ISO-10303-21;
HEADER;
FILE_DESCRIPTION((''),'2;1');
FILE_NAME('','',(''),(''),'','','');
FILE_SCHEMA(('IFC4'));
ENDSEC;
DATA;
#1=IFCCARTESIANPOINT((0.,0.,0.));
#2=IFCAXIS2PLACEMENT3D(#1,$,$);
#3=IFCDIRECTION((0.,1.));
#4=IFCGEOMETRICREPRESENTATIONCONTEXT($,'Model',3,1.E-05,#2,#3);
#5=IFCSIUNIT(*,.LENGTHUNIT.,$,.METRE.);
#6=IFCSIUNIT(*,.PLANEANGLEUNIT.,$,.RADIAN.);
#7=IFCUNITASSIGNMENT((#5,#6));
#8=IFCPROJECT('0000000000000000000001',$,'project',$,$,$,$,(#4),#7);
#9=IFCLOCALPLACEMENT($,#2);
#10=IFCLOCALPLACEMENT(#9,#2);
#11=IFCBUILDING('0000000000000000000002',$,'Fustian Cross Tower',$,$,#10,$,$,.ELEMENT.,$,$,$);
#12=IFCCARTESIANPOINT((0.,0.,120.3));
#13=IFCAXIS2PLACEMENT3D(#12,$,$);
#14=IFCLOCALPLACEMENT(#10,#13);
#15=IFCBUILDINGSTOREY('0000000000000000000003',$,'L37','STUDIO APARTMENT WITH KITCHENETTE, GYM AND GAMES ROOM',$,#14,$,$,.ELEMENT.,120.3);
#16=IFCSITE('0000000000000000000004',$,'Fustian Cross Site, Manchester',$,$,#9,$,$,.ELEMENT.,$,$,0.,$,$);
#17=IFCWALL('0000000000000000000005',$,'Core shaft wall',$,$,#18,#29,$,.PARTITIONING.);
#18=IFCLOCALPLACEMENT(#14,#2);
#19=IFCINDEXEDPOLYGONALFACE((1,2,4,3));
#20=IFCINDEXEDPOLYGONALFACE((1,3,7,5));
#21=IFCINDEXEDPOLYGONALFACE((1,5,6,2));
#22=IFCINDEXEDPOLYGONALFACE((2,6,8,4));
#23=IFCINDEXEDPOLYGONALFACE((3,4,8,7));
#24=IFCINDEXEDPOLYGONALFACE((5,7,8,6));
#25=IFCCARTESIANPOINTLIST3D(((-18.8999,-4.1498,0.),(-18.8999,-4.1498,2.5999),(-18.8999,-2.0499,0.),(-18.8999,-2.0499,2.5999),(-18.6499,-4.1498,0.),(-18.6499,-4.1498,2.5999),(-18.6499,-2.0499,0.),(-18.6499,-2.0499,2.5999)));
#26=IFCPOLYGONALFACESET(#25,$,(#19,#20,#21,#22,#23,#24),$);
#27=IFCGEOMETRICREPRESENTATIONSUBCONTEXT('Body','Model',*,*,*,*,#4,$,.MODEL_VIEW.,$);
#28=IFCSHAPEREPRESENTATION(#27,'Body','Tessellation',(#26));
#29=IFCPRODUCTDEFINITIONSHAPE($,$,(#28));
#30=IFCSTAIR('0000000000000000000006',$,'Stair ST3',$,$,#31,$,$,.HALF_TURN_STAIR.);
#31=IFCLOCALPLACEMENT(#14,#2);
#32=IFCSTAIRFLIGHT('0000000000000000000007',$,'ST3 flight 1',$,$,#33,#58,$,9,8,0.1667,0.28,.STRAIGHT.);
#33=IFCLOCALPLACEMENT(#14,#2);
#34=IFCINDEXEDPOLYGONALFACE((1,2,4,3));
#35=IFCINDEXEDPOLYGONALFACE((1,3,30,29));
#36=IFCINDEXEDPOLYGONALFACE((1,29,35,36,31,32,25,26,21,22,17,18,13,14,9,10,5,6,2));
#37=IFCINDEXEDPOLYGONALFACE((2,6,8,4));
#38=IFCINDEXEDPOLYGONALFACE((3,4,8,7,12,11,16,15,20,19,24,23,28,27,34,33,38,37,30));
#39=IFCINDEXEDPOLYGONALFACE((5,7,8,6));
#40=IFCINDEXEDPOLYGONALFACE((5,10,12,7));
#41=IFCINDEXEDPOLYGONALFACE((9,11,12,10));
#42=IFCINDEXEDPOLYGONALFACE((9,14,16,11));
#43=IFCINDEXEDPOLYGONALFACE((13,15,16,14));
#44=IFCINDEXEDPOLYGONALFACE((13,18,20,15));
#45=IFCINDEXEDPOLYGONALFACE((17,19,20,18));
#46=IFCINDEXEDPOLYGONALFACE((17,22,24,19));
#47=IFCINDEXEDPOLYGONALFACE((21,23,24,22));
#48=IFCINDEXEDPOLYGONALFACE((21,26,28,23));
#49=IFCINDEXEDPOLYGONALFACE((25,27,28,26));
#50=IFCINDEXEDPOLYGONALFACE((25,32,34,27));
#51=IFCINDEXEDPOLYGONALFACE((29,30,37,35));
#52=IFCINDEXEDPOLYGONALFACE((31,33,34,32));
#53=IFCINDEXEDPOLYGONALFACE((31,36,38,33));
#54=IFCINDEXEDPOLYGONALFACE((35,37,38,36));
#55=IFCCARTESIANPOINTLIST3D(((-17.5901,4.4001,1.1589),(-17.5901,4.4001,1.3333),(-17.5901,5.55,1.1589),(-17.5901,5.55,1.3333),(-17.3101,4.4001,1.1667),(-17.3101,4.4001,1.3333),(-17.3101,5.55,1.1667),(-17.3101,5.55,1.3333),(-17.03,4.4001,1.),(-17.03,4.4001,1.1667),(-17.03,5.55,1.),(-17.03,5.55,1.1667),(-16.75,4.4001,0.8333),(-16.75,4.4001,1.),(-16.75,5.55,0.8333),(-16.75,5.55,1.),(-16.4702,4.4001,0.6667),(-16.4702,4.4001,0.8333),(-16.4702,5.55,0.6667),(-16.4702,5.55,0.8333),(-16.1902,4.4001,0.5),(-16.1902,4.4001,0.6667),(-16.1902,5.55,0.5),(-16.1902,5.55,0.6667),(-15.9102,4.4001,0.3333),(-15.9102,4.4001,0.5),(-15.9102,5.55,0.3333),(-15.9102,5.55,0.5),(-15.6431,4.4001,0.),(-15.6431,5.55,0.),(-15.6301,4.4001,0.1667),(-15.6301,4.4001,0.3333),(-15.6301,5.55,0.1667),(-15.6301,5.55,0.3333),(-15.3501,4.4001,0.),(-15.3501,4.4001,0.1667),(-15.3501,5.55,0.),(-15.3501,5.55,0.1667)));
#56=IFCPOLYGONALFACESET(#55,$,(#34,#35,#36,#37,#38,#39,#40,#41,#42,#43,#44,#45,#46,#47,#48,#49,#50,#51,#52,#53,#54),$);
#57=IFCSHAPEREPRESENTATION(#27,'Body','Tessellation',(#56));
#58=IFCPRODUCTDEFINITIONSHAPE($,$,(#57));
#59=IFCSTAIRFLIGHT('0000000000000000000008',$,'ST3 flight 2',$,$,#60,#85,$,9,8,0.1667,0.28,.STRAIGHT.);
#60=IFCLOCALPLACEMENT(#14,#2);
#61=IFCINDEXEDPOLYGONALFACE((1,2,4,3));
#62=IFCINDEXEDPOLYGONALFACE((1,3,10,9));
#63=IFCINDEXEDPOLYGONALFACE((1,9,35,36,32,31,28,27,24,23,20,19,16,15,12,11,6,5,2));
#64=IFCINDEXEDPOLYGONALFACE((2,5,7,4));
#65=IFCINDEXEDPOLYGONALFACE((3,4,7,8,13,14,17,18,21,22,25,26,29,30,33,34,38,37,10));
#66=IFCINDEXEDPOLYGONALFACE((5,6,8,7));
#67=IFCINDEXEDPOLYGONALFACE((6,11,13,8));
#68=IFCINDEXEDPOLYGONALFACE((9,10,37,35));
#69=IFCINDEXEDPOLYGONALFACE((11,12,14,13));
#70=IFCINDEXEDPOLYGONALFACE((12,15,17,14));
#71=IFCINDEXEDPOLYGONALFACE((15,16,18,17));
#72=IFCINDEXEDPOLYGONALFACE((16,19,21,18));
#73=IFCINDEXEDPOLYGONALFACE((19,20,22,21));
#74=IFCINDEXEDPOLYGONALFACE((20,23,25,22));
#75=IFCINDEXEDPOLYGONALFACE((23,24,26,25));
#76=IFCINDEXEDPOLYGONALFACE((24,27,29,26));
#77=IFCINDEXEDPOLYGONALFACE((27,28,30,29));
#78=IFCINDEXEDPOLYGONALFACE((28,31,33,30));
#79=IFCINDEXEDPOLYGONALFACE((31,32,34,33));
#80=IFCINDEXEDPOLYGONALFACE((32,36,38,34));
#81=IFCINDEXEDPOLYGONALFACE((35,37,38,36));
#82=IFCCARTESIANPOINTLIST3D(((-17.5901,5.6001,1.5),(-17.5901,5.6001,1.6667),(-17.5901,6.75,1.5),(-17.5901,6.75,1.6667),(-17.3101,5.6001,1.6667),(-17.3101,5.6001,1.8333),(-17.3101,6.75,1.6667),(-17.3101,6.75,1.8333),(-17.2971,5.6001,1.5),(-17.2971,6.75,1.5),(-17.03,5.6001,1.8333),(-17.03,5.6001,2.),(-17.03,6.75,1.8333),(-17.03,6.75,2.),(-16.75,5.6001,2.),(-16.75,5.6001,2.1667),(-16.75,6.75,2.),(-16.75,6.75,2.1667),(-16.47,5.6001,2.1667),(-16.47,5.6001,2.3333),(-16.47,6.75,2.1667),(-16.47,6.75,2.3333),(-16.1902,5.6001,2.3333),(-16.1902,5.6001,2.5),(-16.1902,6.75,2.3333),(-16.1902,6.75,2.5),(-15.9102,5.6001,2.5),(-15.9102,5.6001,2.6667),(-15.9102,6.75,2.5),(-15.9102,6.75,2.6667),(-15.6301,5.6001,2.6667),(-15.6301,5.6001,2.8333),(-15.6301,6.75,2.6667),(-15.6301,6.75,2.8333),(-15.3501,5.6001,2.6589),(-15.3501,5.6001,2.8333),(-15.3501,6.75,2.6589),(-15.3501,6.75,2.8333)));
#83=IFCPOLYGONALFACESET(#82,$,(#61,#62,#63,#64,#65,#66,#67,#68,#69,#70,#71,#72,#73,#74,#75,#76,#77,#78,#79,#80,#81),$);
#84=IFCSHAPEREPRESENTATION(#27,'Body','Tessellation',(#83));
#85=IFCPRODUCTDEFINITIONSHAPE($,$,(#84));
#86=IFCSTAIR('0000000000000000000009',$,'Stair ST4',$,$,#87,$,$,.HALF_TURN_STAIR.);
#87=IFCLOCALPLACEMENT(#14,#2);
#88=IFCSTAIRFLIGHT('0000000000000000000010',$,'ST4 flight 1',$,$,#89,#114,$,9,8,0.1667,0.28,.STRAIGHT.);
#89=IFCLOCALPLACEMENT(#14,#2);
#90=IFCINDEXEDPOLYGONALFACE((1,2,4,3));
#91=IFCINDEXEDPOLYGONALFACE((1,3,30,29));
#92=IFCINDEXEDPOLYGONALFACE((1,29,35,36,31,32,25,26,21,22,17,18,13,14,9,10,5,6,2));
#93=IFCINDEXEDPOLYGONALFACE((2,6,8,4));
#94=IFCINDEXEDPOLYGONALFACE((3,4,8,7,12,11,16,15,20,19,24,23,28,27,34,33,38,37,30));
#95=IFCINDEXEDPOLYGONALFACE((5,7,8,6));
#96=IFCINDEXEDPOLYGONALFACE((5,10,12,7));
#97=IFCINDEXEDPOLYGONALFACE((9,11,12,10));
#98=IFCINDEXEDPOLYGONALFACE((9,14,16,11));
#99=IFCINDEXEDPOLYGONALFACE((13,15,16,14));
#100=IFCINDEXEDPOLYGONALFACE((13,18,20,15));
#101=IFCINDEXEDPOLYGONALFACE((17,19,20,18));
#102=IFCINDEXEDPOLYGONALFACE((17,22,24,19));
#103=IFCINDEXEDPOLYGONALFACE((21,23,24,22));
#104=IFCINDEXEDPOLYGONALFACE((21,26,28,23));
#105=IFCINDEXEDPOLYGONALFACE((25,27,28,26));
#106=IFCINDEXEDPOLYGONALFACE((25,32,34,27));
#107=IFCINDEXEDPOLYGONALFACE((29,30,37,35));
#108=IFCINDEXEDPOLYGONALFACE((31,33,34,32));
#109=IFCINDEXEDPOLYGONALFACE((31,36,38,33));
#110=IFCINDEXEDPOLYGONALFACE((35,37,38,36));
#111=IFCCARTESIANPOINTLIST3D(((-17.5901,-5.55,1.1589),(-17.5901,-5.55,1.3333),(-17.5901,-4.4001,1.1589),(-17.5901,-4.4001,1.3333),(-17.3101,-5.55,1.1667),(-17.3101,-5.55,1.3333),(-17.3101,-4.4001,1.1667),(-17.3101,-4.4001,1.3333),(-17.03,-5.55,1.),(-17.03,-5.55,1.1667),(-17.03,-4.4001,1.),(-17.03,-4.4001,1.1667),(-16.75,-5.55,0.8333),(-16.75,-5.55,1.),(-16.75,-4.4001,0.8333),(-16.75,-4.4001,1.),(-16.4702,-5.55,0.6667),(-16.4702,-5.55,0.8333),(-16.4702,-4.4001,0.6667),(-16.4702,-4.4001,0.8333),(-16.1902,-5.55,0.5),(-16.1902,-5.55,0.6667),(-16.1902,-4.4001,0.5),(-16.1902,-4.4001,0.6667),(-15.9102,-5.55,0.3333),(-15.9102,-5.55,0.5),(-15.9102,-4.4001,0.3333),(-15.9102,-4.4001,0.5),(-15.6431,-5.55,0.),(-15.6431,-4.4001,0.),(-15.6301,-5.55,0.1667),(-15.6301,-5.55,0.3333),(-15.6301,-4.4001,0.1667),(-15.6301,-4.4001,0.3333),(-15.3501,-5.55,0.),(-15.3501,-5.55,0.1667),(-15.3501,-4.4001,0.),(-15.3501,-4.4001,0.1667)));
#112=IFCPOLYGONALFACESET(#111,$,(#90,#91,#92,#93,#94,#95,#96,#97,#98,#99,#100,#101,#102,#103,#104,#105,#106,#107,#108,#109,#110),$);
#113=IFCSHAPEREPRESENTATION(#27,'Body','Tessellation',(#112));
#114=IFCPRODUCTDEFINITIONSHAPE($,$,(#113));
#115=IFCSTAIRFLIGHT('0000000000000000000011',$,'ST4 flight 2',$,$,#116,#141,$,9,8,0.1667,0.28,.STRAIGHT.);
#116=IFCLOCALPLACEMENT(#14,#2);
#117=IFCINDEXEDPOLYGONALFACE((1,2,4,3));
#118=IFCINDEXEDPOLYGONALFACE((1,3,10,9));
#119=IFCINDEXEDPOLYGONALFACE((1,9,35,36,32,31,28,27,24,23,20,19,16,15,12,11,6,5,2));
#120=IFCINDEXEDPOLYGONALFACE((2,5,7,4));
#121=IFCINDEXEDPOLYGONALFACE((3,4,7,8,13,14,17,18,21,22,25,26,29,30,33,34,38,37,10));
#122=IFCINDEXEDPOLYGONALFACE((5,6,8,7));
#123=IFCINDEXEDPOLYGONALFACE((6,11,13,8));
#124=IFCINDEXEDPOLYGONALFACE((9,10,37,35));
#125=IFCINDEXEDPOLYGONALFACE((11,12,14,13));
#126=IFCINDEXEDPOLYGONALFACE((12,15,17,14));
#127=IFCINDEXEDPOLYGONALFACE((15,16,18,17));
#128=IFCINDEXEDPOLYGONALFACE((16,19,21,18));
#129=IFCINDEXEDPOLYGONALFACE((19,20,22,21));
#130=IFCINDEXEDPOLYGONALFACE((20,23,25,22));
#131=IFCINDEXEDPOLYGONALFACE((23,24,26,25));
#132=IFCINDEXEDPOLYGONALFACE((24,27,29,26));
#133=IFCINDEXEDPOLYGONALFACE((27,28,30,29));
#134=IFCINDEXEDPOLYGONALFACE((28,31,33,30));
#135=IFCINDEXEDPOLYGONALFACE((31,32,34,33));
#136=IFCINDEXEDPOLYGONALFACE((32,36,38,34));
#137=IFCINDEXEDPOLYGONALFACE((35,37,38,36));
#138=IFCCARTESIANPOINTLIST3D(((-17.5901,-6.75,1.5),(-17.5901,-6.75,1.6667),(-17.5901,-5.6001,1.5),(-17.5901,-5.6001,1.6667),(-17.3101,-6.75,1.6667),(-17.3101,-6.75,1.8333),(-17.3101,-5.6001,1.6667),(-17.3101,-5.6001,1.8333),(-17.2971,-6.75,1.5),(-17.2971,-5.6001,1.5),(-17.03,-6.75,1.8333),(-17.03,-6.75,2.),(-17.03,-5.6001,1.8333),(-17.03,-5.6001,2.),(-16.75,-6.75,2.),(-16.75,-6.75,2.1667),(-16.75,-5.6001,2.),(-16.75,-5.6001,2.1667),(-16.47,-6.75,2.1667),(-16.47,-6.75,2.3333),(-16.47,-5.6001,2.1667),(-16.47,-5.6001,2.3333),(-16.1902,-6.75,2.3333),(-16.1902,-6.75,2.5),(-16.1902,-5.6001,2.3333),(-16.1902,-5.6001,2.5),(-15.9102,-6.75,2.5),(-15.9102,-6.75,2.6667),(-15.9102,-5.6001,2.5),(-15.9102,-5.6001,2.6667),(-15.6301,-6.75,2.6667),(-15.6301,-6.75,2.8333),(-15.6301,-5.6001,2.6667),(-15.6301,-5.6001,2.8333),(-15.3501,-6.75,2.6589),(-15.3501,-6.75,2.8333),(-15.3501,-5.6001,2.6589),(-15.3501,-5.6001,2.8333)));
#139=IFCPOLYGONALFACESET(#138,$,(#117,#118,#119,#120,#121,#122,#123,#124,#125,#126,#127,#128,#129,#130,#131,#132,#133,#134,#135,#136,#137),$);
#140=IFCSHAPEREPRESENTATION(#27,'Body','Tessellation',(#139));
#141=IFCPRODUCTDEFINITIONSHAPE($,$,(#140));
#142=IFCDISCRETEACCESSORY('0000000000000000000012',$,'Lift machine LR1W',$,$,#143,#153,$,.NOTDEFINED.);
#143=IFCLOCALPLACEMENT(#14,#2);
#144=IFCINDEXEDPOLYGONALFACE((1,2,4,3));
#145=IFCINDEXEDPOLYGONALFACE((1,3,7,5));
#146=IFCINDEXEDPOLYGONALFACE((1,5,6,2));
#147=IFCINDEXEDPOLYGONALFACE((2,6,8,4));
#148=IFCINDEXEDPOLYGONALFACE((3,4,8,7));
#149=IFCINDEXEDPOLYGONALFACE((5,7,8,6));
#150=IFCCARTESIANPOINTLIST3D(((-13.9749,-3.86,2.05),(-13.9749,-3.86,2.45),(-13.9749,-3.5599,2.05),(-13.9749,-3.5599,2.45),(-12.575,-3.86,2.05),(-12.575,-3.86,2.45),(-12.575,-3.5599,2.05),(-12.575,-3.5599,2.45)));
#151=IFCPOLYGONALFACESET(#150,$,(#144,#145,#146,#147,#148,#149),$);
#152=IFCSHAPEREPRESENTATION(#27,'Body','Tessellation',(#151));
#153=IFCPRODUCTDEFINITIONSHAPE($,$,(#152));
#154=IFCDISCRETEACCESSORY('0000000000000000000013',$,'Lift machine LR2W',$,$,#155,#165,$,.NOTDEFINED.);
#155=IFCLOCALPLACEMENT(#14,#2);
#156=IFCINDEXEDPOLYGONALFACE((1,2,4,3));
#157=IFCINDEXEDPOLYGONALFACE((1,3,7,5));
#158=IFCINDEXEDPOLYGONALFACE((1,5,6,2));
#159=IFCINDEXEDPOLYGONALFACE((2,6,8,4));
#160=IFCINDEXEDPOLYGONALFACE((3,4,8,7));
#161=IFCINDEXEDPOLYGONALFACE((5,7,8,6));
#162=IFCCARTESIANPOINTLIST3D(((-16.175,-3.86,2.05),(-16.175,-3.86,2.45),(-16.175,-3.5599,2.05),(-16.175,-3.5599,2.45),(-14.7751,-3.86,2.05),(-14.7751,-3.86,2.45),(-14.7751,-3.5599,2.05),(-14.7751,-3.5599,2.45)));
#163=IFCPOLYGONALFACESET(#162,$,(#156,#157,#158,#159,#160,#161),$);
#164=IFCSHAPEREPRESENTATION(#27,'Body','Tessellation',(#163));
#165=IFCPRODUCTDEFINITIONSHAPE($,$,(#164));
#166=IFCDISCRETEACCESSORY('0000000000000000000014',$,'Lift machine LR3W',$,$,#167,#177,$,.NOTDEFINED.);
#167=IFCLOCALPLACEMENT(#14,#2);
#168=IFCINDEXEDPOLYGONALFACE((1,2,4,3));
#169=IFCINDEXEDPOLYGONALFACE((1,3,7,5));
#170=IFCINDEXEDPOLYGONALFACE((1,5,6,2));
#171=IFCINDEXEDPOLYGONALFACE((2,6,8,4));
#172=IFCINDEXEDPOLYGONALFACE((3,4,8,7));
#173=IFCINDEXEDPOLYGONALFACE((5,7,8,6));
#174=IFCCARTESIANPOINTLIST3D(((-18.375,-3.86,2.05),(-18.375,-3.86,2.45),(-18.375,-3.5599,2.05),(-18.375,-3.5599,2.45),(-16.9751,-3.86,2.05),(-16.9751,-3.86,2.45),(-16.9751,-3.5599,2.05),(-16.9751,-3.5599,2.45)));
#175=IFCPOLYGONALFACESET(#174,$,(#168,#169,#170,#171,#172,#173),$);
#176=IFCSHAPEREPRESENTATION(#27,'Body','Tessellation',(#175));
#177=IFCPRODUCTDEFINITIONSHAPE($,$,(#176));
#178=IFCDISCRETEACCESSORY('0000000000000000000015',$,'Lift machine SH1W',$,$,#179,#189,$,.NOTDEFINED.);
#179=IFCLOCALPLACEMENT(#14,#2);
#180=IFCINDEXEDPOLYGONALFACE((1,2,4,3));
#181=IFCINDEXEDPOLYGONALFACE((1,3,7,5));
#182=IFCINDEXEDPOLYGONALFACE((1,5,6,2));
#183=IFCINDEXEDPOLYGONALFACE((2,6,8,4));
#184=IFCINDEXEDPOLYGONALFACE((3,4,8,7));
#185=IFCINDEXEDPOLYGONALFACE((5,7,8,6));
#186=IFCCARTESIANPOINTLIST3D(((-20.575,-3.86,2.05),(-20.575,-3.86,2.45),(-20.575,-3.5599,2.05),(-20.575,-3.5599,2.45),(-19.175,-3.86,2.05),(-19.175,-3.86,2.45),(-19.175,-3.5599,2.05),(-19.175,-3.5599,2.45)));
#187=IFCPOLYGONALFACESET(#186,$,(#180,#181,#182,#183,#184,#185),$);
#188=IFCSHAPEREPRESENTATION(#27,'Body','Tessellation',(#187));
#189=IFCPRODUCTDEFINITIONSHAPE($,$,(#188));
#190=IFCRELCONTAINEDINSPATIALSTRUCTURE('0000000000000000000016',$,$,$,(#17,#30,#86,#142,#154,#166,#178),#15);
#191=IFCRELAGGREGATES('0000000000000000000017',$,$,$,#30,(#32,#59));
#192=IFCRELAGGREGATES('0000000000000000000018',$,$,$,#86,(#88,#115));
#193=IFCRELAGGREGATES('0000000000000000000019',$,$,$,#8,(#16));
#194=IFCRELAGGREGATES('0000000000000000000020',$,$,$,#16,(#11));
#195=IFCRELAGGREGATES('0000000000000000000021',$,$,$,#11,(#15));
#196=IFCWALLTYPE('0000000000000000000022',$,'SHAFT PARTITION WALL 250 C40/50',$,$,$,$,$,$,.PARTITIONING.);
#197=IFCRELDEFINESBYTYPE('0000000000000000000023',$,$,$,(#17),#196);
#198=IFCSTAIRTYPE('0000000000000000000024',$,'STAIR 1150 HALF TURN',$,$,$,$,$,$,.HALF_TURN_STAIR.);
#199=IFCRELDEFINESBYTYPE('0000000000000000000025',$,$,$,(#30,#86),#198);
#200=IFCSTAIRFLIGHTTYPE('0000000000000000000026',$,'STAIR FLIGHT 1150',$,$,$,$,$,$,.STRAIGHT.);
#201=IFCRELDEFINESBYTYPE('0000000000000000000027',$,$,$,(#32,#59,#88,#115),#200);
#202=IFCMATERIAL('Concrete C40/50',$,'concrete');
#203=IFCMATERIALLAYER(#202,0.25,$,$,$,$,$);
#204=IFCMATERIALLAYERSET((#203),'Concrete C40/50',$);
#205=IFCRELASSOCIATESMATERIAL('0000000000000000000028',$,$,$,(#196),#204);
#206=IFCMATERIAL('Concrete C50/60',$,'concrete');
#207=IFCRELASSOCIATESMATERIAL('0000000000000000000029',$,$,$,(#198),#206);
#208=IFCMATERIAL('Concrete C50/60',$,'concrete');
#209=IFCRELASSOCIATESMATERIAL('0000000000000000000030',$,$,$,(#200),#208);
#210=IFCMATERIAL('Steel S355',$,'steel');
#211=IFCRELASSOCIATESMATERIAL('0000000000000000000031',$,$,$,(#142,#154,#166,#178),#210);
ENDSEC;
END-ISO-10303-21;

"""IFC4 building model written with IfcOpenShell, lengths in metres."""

from ifc_helpers import new_model, si_unit, direction, frame, frame_2d, origin, origin_2d, place, context, subcontext, project, spatial, polyline, rectangle, outline, extrude, material, layer, layer_set, type_object, element, aggregate, save


model = new_model("IFC4")

# Units and contexts
model_context = context("Model", 3, precision=1e-05, world=origin(), true_north=direction((0.0, 1.0)))
body_context = subcontext(model_context, "Body", "Model", "MODEL_VIEW")
ifc_project = project(units=[si_unit("LENGTHUNIT", "METRE"), si_unit("PLANEANGLEUNIT", "RADIAN")], contexts=[model_context])

# Site, building, storey
site_placement = place(None, origin())
site = spatial("IfcSite", under=ifc_project, at=site_placement, Name="Fustian Cross Site, Manchester", CompositionType="ELEMENT", RefElevation=0.0)
building_placement = place(site_placement, origin())
building = spatial("IfcBuilding", under=site, at=building_placement, Name="Fustian Cross Tower", CompositionType="ELEMENT")
storey_placement = place(building_placement, frame((0.0, 0.0, 120.3)))
storey = spatial("IfcBuildingStorey", under=building, at=storey_placement, Name="L37", Description="STUDIO APARTMENT WITH KITCHENETTE, GYM AND GAMES ROOM", CompositionType="ELEMENT", Elevation=120.3)

# Wall
ifc_material_1 = material(Name="Concrete C40/50", Category="concrete")
ifc_layer_1 = layer(ifc_material_1, 0.25)
ifc_layer_set_1 = layer_set([ifc_layer_1], Name="Concrete C40/50")
wall_type_1 = type_object("IfcWallType", Name="SHAFT PARTITION WALL 250 C40/50", PredefinedType="PARTITIONING", material=ifc_layer_set_1)
for number, where, z_axis, x_axis, name in (
    (1, (-18.7749, -2.05, 0.0), (0.0, 0.0, 1.0), (0.0, -1.0, 0.0), "Core shaft wall"),
):
    element("IfcWall", number, at=place(storey_placement, frame(where, z_axis=z_axis, x_axis=x_axis)), inside=storey, type_object=wall_type_1, Name=name, PredefinedType="PARTITIONING", context=body_context, shape_type="SweptSolid", body=[
        extrude(rectangle(XDim=2.0999, YDim=0.25, at=frame_2d((1.0498, 0.0))), origin(), (0.0, 0.0, 1.0), 2.5999),
    ])

# Stairs, stair flights
ifc_material_2 = material(Name="Concrete C50/60", Category="concrete")
stair_type = type_object("IfcStairType", Name="STAIR 1150 HALF TURN", PredefinedType="HALF_TURN_STAIR", material=ifc_material_2)
stair_1_placement = place(storey_placement, origin())
stair_1 = element("IfcStair", 2, at=stair_1_placement, inside=storey, type_object=stair_type, Name="Stair ST3", PredefinedType="HALF_TURN_STAIR")
ifc_material_3 = material(Name="Concrete C50/60", Category="concrete")
stair_flight_type = type_object("IfcStairFlightType", Name="STAIR FLIGHT 1150", PredefinedType="STRAIGHT", material=ifc_material_3)
stair_flight_1_placement = place(storey_placement, frame((-15.3501, 4.9751, 0.0), z_axis=(0.0, 0.0, 1.0), x_axis=(-1.0, 0.0, 0.0)))
stair_flight_1 = element("IfcStairFlight", 3, at=stair_flight_1_placement, type_object=stair_flight_type, Name="ST3 flight 1", NumberOfRisers=9, NumberOfTreads=8, PredefinedType="STRAIGHT", RiserHeight=0.1667, TreadLength=0.28, context=body_context, shape_type="SweptSolid", body=[
    extrude(outline(polyline([(0.0, 0.0), (0.0, 0.1667), (0.28, 0.1667), (0.28, 0.3333), (0.5601, 0.3333), (0.5601, 0.5), (0.8401, 0.5), (0.8401, 0.6667), (1.1201, 0.6667), (1.1201, 0.8333), (1.3999, 0.8333), (1.3999, 1.0), (1.6799, 1.0), (1.6799, 1.1667), (1.96, 1.1667), (1.96, 1.3333), (2.24, 1.3333), (2.24, 1.5), (2.24, 1.1589), (0.293, 0.0), (0.0, 0.0)])), frame((0.0, 0.575, 0.0), z_axis=(0.0, -1.0, 0.0), x_axis=(1.0, 0.0, 0.0)), (0.0, 0.0, 1.0), 1.1499),
])
stair_flight_2_placement = place(storey_placement, frame((-17.5901, 6.175, 1.5), z_axis=(0.0, 0.0, 1.0), x_axis=(1.0, 0.0, 0.0)))
stair_flight_2 = element("IfcStairFlight", 4, at=stair_flight_2_placement, type_object=stair_flight_type, Name="ST3 flight 2", NumberOfRisers=9, NumberOfTreads=8, PredefinedType="STRAIGHT", RiserHeight=0.1667, TreadLength=0.28, context=body_context, shape_type="SweptSolid", body=[
    extrude(outline(polyline([(0.0, 0.0), (0.0, 0.1667), (0.28, 0.1667), (0.28, 0.3333), (0.5601, 0.3333), (0.5601, 0.5), (0.8401, 0.5), (0.8401, 0.6667), (1.1201, 0.6667), (1.1201, 0.8333), (1.3999, 0.8333), (1.3999, 1.0), (1.6799, 1.0), (1.6799, 1.1667), (1.96, 1.1667), (1.96, 1.3333), (2.24, 1.3333), (2.24, 1.5), (2.24, 1.1589), (0.293, 0.0), (0.0, 0.0)])), frame((0.0, 0.575, 0.0), z_axis=(0.0, -1.0, 0.0), x_axis=(1.0, 0.0, 0.0)), (0.0, 0.0, 1.0), 1.1499),
])
aggregate(stair_1, [stair_flight_1, stair_flight_2])
stair_2_placement = place(storey_placement, origin())
stair_2 = element("IfcStair", 5, at=stair_2_placement, inside=storey, type_object=stair_type, Name="Stair ST4", PredefinedType="HALF_TURN_STAIR")
stair_flight_3_placement = place(storey_placement, frame((-15.3501, -4.9751, 0.0), z_axis=(0.0, 0.0, 1.0), x_axis=(-1.0, 0.0, 0.0)))
stair_flight_3 = element("IfcStairFlight", 6, at=stair_flight_3_placement, type_object=stair_flight_type, Name="ST4 flight 1", NumberOfRisers=9, NumberOfTreads=8, PredefinedType="STRAIGHT", RiserHeight=0.1667, TreadLength=0.28, context=body_context, shape_type="SweptSolid", body=[
    extrude(outline(polyline([(0.0, 0.0), (0.0, 0.1667), (0.28, 0.1667), (0.28, 0.3333), (0.5601, 0.3333), (0.5601, 0.5), (0.8401, 0.5), (0.8401, 0.6667), (1.1201, 0.6667), (1.1201, 0.8333), (1.3999, 0.8333), (1.3999, 1.0), (1.6799, 1.0), (1.6799, 1.1667), (1.96, 1.1667), (1.96, 1.3333), (2.24, 1.3333), (2.24, 1.5), (2.24, 1.1589), (0.293, 0.0), (0.0, 0.0)])), frame((0.0, 0.575, 0.0), z_axis=(0.0, -1.0, 0.0), x_axis=(1.0, 0.0, 0.0)), (0.0, 0.0, 1.0), 1.1499),
])
stair_flight_4_placement = place(storey_placement, frame((-17.5901, -6.175, 1.5), z_axis=(0.0, 0.0, 1.0), x_axis=(1.0, 0.0, 0.0)))
stair_flight_4 = element("IfcStairFlight", 7, at=stair_flight_4_placement, type_object=stair_flight_type, Name="ST4 flight 2", NumberOfRisers=9, NumberOfTreads=8, PredefinedType="STRAIGHT", RiserHeight=0.1667, TreadLength=0.28, context=body_context, shape_type="SweptSolid", body=[
    extrude(outline(polyline([(0.0, 0.0), (0.0, 0.1667), (0.28, 0.1667), (0.28, 0.3333), (0.5601, 0.3333), (0.5601, 0.5), (0.8401, 0.5), (0.8401, 0.6667), (1.1201, 0.6667), (1.1201, 0.8333), (1.3999, 0.8333), (1.3999, 1.0), (1.6799, 1.0), (1.6799, 1.1667), (1.96, 1.1667), (1.96, 1.3333), (2.24, 1.3333), (2.24, 1.5), (2.24, 1.1589), (0.293, 0.0), (0.0, 0.0)])), frame((0.0, 0.575, 0.0), z_axis=(0.0, -1.0, 0.0), x_axis=(1.0, 0.0, 0.0)), (0.0, 0.0, 1.0), 1.1499),
])
aggregate(stair_2, [stair_flight_3, stair_flight_4])

# Discrete accessories
ifc_material_4 = material(Name="Steel S355", Category="steel")
for number, where, z_axis, x_axis, name in (
    (8, (-13.2749, -3.71, 2.05), (0.0, 0.0, 1.0), (1.0, 0.0, 0.0), "Lift machine LR1W"),
    (9, (-15.4751, -3.71, 2.05), (0.0, 0.0, 1.0), (1.0, 0.0, 0.0), "Lift machine LR2W"),
    (10, (-17.675, -3.71, 2.05), (0.0, 0.0, 1.0), (1.0, 0.0, 0.0), "Lift machine LR3W"),
    (11, (-19.875, -3.71, 2.05), (0.0, 0.0, 1.0), (1.0, 0.0, 0.0), "Lift machine SH1W"),
):
    element("IfcDiscreteAccessory", number, at=place(storey_placement, frame(where, z_axis=z_axis, x_axis=x_axis)), inside=storey, material=ifc_material_4, Name=name, PredefinedType="NOTDEFINED", context=body_context, shape_type="SweptSolid", body=[
        extrude(rectangle(XDim=1.3999, YDim=0.3, at=origin_2d()), origin(), (0.0, 0.0, 1.0), 0.3999),
    ])

save(model, "model.ifc")
